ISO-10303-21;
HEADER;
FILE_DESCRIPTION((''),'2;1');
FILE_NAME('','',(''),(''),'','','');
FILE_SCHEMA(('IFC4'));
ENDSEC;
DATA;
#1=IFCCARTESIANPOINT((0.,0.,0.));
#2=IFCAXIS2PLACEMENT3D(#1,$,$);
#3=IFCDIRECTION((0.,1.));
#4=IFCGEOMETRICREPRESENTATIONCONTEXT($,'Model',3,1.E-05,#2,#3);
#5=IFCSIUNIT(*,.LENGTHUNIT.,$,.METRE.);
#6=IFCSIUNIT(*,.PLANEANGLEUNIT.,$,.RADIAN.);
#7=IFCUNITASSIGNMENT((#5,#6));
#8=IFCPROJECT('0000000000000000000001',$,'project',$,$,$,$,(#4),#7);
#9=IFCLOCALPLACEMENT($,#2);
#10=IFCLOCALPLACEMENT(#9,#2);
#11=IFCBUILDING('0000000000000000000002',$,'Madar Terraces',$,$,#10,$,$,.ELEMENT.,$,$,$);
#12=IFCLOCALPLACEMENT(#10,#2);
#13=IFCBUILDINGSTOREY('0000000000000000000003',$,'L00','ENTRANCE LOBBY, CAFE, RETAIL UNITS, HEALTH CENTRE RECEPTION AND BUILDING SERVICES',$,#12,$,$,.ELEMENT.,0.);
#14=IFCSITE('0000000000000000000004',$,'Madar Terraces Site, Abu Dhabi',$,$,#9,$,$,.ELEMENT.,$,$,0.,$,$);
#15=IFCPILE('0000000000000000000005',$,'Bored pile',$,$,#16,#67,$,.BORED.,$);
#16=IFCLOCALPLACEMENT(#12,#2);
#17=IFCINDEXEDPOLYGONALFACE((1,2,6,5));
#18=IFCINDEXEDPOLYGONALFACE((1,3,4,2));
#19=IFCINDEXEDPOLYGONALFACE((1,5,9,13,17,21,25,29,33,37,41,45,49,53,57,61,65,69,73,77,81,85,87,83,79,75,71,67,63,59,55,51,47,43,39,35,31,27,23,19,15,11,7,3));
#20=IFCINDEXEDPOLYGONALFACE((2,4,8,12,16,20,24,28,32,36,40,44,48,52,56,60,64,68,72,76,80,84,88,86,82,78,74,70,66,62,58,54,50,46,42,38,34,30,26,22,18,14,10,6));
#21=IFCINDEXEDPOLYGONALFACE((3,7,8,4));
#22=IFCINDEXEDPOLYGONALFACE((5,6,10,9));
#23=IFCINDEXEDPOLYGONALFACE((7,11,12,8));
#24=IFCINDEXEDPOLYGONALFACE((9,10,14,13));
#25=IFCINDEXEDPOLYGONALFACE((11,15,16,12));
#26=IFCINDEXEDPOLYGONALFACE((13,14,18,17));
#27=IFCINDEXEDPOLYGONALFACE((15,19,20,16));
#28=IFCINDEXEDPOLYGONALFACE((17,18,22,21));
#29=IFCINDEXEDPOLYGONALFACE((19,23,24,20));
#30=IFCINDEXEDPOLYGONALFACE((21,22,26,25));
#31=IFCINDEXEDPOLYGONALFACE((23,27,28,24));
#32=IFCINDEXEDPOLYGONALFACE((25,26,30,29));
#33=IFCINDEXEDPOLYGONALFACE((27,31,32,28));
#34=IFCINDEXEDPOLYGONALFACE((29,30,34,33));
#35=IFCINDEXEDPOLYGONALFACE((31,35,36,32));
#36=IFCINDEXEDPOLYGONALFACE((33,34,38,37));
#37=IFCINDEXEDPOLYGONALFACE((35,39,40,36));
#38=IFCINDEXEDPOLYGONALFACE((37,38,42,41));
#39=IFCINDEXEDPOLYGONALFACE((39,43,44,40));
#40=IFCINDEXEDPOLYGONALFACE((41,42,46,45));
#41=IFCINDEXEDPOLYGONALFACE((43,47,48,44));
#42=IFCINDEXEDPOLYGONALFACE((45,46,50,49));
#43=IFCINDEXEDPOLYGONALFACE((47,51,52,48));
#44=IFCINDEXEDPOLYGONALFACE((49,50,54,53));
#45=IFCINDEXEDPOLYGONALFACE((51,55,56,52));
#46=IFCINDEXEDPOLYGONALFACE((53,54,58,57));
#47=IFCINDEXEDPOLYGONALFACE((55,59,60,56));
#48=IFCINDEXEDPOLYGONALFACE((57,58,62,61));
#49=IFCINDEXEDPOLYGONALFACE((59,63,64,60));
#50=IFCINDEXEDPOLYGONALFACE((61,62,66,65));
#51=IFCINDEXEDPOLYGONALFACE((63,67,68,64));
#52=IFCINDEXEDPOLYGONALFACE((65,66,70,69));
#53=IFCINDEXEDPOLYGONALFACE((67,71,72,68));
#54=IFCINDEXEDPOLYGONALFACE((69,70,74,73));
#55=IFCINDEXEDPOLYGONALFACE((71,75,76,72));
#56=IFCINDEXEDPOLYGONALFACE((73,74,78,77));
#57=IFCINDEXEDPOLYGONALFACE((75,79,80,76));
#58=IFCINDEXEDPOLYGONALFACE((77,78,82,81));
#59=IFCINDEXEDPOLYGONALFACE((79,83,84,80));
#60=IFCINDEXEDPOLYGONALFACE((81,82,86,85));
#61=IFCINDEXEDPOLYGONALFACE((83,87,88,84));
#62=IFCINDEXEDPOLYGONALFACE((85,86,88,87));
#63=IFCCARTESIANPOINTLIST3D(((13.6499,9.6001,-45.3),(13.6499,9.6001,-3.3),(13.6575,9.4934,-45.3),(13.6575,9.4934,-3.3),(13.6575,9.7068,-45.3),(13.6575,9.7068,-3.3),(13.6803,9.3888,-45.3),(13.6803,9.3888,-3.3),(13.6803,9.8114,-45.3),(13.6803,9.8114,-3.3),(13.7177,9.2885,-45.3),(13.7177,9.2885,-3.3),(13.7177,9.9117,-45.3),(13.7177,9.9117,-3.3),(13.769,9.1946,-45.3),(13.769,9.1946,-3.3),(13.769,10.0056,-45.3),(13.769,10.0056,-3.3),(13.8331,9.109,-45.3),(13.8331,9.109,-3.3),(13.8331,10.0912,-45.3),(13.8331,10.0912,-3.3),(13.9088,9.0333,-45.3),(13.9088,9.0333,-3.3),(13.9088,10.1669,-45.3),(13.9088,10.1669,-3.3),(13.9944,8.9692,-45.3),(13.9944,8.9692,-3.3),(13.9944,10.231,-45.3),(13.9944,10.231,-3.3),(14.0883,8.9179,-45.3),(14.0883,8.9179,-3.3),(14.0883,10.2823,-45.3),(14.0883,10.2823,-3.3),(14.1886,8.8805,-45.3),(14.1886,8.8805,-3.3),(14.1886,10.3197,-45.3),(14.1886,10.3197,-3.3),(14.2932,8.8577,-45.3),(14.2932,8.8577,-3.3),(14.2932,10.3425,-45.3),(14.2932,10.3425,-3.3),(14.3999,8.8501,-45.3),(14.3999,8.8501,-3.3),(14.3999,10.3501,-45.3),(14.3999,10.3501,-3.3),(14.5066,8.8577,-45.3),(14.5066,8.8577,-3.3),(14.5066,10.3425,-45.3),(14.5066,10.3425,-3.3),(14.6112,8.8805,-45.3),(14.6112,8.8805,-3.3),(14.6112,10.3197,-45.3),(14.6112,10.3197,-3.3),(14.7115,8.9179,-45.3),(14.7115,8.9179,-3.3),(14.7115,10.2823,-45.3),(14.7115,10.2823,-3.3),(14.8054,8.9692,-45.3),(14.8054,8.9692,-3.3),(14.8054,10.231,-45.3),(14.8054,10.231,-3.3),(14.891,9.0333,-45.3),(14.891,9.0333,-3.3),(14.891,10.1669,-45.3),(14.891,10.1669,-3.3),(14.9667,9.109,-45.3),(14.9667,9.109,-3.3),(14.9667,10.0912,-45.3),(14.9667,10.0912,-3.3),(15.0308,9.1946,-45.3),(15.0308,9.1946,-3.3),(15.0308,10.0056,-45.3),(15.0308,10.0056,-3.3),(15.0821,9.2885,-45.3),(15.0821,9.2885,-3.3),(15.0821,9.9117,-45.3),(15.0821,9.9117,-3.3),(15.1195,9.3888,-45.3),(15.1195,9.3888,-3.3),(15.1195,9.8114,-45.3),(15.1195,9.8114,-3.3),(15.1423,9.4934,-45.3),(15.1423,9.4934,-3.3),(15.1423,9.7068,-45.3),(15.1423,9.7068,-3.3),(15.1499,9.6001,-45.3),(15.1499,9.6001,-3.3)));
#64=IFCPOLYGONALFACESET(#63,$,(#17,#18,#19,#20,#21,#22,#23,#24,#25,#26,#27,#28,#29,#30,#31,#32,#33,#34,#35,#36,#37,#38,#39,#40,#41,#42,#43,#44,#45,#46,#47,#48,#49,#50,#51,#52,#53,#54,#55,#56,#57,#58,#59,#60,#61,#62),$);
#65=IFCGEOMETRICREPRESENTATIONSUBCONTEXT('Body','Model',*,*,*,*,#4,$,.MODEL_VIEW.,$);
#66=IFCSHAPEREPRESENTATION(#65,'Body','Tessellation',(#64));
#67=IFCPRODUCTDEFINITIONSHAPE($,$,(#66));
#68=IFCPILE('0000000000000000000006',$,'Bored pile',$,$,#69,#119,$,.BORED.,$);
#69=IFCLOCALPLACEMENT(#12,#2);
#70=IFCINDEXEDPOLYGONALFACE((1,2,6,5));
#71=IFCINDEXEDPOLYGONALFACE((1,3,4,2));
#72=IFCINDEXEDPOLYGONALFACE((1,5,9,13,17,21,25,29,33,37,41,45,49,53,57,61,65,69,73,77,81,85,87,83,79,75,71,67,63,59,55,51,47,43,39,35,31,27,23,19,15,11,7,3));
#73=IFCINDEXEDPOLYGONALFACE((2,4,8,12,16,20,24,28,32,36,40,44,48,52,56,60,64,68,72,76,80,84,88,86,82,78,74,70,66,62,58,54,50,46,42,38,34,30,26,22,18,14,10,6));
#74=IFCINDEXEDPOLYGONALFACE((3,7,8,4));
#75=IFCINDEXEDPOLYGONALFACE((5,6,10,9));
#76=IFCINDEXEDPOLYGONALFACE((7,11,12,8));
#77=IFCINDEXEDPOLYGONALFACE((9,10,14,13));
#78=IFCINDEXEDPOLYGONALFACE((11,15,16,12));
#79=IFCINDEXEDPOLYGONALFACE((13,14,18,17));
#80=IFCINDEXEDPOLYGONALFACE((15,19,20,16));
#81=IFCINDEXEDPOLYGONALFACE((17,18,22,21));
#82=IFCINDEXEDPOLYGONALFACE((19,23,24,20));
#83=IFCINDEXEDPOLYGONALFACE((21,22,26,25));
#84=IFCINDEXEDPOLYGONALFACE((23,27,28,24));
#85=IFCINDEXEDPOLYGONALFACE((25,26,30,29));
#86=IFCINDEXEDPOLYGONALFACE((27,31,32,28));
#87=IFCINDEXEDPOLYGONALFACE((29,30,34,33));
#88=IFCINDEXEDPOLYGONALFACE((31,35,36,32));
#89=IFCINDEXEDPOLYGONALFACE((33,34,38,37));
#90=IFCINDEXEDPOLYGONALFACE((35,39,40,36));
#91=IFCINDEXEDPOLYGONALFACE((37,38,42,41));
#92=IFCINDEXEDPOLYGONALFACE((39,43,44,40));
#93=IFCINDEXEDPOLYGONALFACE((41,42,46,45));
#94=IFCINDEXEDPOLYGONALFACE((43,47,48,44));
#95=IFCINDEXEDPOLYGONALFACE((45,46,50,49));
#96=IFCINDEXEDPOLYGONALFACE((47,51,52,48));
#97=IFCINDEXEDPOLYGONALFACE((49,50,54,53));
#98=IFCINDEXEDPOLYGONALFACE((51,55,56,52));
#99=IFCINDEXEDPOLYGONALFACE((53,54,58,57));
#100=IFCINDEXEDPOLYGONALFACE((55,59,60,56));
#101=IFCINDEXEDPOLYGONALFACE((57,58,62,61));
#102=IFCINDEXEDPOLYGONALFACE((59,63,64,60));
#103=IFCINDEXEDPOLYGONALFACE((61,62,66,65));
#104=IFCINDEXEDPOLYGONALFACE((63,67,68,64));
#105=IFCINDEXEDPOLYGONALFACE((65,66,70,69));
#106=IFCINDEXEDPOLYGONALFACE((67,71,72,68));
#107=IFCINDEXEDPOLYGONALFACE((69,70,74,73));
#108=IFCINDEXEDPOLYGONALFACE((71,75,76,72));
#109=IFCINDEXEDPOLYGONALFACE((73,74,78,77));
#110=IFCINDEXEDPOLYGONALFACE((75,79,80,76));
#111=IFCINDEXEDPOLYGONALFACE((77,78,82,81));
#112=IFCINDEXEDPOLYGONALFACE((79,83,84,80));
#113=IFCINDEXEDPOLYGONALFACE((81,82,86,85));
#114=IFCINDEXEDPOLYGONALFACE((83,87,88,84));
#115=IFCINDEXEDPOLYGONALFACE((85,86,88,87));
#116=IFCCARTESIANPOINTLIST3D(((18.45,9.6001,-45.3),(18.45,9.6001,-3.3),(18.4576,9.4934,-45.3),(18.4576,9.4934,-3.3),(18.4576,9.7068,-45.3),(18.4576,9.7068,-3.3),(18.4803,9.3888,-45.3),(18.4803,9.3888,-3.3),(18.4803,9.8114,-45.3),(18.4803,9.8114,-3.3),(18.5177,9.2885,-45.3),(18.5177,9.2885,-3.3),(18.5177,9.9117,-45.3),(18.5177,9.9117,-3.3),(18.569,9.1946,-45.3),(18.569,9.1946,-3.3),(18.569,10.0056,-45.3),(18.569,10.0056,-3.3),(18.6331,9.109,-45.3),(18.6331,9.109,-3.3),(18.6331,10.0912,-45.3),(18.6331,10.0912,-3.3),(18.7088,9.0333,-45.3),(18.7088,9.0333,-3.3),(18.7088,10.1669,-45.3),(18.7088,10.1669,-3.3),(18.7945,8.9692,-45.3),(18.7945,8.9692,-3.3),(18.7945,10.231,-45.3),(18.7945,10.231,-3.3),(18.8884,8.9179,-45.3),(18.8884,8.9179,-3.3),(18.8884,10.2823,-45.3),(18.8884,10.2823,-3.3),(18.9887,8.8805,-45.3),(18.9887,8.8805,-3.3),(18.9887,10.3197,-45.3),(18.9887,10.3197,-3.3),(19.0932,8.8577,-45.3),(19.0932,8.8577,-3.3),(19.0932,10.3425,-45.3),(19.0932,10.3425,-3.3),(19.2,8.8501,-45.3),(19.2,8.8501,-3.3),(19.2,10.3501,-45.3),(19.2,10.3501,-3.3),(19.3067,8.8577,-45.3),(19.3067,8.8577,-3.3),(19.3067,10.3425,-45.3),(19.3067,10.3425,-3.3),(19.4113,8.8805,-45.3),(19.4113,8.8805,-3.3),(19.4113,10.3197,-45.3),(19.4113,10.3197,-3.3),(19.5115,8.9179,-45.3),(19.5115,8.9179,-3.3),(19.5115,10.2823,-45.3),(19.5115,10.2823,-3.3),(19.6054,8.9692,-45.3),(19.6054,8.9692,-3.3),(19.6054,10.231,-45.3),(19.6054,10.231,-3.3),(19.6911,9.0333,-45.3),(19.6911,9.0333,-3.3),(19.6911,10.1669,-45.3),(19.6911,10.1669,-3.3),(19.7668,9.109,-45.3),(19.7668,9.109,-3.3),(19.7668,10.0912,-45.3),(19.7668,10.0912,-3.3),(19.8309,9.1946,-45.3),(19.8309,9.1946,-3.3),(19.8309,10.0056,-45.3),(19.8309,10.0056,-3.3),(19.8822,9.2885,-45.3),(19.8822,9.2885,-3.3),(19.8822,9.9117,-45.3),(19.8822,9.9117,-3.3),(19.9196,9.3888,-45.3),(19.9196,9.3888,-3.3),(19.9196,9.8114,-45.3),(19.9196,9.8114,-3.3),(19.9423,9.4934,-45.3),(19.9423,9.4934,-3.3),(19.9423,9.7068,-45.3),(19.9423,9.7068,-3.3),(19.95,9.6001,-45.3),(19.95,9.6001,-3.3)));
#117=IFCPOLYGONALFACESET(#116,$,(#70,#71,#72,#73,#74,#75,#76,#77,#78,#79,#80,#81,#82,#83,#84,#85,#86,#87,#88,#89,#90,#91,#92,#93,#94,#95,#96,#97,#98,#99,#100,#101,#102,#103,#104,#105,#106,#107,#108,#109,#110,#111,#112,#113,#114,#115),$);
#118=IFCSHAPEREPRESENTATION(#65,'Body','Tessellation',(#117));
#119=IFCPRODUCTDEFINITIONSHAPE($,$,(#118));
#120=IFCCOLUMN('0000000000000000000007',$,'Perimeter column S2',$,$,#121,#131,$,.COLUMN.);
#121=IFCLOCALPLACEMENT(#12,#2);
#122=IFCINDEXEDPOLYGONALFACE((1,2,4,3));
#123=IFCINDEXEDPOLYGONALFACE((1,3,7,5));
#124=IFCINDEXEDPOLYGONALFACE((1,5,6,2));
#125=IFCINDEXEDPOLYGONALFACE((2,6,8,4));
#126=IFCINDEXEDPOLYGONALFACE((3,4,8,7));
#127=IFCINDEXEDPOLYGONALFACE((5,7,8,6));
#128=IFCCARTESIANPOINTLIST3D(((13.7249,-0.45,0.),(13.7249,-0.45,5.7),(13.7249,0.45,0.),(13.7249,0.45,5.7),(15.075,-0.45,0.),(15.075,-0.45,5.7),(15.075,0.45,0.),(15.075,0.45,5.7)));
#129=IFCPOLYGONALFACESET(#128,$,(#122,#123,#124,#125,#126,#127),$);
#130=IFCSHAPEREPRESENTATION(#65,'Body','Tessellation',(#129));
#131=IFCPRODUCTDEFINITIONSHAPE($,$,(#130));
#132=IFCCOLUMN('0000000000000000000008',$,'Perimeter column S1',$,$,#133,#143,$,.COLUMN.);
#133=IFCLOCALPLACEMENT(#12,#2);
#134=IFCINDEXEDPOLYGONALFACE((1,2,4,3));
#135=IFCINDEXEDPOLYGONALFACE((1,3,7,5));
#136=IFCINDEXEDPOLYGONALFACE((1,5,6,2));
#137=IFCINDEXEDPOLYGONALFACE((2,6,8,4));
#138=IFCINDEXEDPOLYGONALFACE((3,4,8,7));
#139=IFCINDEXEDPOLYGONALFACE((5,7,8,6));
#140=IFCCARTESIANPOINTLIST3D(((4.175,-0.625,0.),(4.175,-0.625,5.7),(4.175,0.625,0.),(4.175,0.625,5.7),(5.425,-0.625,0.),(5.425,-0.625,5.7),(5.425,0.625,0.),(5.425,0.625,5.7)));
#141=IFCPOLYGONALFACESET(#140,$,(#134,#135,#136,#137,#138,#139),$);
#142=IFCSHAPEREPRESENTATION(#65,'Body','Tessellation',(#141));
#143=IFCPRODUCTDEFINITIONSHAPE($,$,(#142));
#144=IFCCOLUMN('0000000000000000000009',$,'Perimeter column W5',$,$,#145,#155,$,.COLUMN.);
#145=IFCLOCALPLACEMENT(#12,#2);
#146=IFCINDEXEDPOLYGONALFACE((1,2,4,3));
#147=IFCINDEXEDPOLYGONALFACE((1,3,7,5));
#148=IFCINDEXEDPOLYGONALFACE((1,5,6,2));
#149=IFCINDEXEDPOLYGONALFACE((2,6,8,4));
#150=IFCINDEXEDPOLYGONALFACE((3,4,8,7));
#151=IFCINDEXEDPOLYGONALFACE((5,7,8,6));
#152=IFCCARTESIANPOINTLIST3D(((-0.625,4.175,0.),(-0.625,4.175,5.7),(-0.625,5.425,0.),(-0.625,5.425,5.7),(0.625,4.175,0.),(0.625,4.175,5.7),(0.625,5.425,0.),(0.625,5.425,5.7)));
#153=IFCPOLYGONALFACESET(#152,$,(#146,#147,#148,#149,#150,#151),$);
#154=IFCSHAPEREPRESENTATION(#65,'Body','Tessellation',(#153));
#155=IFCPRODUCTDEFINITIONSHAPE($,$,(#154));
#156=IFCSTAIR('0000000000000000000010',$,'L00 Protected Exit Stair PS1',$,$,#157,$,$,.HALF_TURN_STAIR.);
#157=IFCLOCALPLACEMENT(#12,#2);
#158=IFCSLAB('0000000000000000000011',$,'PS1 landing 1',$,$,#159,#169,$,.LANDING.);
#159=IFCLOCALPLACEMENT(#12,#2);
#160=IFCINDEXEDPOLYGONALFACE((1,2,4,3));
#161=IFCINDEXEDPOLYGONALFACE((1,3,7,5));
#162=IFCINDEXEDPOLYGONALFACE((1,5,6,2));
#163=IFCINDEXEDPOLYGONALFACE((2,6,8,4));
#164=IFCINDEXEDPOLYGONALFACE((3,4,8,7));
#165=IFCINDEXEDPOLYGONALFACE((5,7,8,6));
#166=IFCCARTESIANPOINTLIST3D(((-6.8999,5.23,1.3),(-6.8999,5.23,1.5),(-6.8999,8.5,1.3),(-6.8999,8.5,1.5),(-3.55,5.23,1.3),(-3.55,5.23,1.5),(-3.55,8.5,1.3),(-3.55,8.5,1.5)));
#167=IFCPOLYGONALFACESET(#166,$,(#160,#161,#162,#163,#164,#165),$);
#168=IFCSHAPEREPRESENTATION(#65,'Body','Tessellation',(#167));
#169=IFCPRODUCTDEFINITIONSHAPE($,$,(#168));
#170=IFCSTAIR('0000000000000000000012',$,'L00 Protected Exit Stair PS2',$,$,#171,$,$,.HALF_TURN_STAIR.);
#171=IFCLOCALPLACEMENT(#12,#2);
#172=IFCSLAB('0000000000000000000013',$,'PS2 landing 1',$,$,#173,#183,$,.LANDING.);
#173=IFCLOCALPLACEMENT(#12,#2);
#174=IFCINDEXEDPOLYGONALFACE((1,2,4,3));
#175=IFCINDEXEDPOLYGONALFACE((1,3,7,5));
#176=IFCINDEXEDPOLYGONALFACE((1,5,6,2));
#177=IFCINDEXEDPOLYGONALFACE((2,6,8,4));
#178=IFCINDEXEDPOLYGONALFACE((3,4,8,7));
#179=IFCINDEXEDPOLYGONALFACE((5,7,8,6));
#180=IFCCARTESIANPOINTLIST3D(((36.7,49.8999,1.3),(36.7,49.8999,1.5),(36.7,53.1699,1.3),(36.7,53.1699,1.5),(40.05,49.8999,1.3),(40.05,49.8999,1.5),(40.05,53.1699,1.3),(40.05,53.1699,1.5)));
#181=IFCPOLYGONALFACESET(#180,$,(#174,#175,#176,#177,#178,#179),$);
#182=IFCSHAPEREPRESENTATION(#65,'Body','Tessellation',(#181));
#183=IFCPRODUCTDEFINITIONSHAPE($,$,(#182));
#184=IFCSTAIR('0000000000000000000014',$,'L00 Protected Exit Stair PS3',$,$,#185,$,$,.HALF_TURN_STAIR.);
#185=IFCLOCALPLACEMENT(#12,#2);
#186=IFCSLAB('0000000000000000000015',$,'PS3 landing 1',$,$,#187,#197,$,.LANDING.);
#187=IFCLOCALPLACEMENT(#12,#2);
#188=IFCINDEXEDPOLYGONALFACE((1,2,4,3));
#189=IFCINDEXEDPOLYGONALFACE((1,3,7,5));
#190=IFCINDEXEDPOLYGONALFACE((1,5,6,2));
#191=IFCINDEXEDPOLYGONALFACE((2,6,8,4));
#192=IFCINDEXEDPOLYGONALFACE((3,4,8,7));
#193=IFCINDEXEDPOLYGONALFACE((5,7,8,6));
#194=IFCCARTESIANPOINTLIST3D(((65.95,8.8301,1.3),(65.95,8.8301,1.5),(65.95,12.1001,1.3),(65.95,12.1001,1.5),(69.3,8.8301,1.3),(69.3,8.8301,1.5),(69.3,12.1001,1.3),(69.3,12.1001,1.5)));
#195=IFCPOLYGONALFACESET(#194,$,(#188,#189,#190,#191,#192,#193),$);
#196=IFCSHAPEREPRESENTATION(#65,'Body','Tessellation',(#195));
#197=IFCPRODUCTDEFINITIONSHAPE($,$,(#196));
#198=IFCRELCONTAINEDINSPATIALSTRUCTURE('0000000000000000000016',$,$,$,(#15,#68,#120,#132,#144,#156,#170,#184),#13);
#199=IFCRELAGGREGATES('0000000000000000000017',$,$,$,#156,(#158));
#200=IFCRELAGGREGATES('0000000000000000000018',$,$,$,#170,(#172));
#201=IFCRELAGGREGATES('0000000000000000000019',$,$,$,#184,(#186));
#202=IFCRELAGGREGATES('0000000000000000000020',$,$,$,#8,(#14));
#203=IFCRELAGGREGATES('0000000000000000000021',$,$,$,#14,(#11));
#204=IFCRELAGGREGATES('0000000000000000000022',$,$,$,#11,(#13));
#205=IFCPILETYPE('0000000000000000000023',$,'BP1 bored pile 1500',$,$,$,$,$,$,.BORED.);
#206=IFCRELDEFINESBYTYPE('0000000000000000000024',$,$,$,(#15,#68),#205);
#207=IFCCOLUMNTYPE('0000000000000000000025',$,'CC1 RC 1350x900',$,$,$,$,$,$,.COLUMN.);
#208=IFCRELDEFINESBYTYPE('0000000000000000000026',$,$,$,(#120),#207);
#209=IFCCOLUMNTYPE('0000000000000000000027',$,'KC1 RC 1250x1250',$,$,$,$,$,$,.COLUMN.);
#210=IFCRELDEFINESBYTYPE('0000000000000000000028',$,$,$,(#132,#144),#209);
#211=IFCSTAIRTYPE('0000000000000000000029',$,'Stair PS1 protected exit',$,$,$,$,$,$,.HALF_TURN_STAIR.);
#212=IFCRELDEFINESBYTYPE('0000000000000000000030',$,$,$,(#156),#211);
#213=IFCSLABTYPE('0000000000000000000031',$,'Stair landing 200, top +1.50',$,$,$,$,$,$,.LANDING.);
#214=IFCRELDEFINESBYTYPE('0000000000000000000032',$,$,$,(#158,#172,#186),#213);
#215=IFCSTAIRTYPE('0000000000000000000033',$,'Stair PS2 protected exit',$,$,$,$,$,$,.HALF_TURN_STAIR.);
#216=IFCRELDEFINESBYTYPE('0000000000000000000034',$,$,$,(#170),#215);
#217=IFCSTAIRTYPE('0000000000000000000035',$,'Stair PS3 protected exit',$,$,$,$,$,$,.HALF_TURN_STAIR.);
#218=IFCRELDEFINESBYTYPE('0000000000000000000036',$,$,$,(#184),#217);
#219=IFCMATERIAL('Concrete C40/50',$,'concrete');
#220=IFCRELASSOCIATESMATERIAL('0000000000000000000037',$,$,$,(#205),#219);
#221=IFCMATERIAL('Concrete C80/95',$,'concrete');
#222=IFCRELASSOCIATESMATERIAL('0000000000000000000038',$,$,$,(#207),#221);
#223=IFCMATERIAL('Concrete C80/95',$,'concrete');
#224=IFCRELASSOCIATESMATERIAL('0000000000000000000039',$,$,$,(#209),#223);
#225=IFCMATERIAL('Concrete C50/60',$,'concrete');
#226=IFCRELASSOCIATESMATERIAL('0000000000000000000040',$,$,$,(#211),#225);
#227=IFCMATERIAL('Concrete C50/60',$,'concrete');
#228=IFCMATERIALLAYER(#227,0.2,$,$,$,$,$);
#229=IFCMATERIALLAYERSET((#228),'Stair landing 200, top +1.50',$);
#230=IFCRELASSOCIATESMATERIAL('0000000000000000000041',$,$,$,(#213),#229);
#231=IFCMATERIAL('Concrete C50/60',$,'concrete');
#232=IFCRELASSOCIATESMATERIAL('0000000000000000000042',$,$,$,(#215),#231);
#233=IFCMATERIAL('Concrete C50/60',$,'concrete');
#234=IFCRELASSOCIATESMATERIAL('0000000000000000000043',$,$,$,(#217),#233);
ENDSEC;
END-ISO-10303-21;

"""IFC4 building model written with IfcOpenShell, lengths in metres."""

from ifc_helpers import new_model, si_unit, direction, frame, origin, origin_2d, place, context, subcontext, project, spatial, polyline, rectangle, circle, outline, extrude, material, layer, layer_set, material_profile, profile_set, type_object, element, aggregate, save


model = new_model("IFC4")

# Units and contexts
model_context = context("Model", 3, precision=1e-05, world=origin(), true_north=direction((0.0, 1.0)))
body_context = subcontext(model_context, "Body", "Model", "MODEL_VIEW")
ifc_project = project(units=[si_unit("LENGTHUNIT", "METRE"), si_unit("PLANEANGLEUNIT", "RADIAN")], contexts=[model_context])

# Site, building, storey
site_placement = place(None, origin())
site = spatial("IfcSite", under=ifc_project, at=site_placement, Name="Madar Terraces Site, Abu Dhabi", CompositionType="ELEMENT", RefElevation=0.0)
building_placement = place(site_placement, origin())
building = spatial("IfcBuilding", under=site, at=building_placement, Name="Madar Terraces", CompositionType="ELEMENT")
storey_placement = place(building_placement, origin())
storey = spatial("IfcBuildingStorey", under=building, at=storey_placement, Name="L00", Description="ENTRANCE LOBBY, CAFE, RETAIL UNITS, HEALTH CENTRE RECEPTION AND BUILDING SERVICES", CompositionType="ELEMENT", Elevation=0.0)

# Piles
ifc_material_1 = material(Name="Concrete C40/50", Category="concrete")
ifc_material_profile_1 = material_profile(ifc_material_1, circle(Radius=0.75, at=origin_2d()), Name="BP1 bored pile 1500")
ifc_profile_set_1 = profile_set([ifc_material_profile_1], Name="Concrete C40/50")
pile_type = type_object("IfcPileType", Name="BP1 bored pile 1500", PredefinedType="BORED", material=ifc_profile_set_1)
for number, where, z_axis, x_axis, name in (
    (1, (14.3999, 9.6001, -3.3), (0.0, 0.0, -1.0), (1.0, 0.0, 0.0), "Bored pile"),
    (2, (19.2, 9.6001, -3.3), (0.0, 0.0, -1.0), (1.0, 0.0, 0.0), "Bored pile"),
):
    element("IfcPile", number, at=place(storey_placement, frame(where, z_axis=z_axis, x_axis=x_axis)), inside=storey, type_object=pile_type, Name=name, PredefinedType="BORED", context=body_context, shape_type="SweptSolid", body=[
        extrude(circle(Radius=0.75, at=origin_2d()), origin(), (0.0, 0.0, 1.0), 42.0),
    ])

# Columns
ifc_material_2 = material(Name="Concrete C80/95", Category="concrete")
ifc_material_profile_2 = material_profile(ifc_material_2, rectangle(XDim=1.3501, YDim=0.8999, at=origin_2d()), Name="CC1 RC 1350x900")
ifc_profile_set_2 = profile_set([ifc_material_profile_2], Name="Concrete C80/95")
column_type_1 = type_object("IfcColumnType", Name="CC1 RC 1350x900", PredefinedType="COLUMN", material=ifc_profile_set_2)
column_placement = place(storey_placement, frame((14.3999, 0.0, 0.0), z_axis=(0.0, 0.0, 1.0), x_axis=(1.0, 0.0, 0.0)))
element("IfcColumn", 3, at=column_placement, inside=storey, type_object=column_type_1, Name="Perimeter column S2", PredefinedType="COLUMN", context=body_context, shape_type="SweptSolid", body=[
    extrude(rectangle(XDim=1.3501, YDim=0.8999, at=origin_2d()), origin(), (0.0, 0.0, 1.0), 5.7),
])
ifc_material_3 = material(Name="Concrete C80/95", Category="concrete")
ifc_material_profile_3 = material_profile(ifc_material_3, rectangle(XDim=1.25, YDim=1.25, at=origin_2d()), Name="KC1 RC 1250x1250")
ifc_profile_set_3 = profile_set([ifc_material_profile_3], Name="Concrete C80/95")
column_type_2 = type_object("IfcColumnType", Name="KC1 RC 1250x1250", PredefinedType="COLUMN", material=ifc_profile_set_3)
for number, where, z_axis, x_axis, name in (
    (4, (4.8, 0.0, 0.0), (0.0, 0.0, 1.0), (1.0, 0.0, 0.0), "Perimeter column S1"),
    (5, (0.0, 4.8, 0.0), (0.0, 0.0, 1.0), (1.0, 0.0, 0.0), "Perimeter column W5"),
):
    element("IfcColumn", number, at=place(storey_placement, frame(where, z_axis=z_axis, x_axis=x_axis)), inside=storey, type_object=column_type_2, Name=name, PredefinedType="COLUMN", context=body_context, shape_type="SweptSolid", body=[
        extrude(rectangle(XDim=1.25, YDim=1.25, at=origin_2d()), origin(), (0.0, 0.0, 1.0), 5.7),
    ])

# Stairs, slabs
ifc_material_4 = material(Name="Concrete C50/60", Category="concrete")
stair_type_1 = type_object("IfcStairType", Name="Stair PS1 protected exit", PredefinedType="HALF_TURN_STAIR", material=ifc_material_4)
stair_1_placement = place(storey_placement, origin())
stair_1 = element("IfcStair", 6, at=stair_1_placement, inside=storey, type_object=stair_type_1, Name="L00 Protected Exit Stair PS1", PredefinedType="HALF_TURN_STAIR")
ifc_material_5 = material(Name="Concrete C50/60", Category="concrete")
ifc_layer_1 = layer(ifc_material_5, 0.2)
ifc_layer_set_1 = layer_set([ifc_layer_1], Name="Stair landing 200, top +1.50")
slab_type_1 = type_object("IfcSlabType", Name="Stair landing 200, top +1.50", PredefinedType="LANDING", material=ifc_layer_set_1)
slab_1_placement = place(storey_placement, frame((0.0, 0.0, 1.3)))
slab_1 = element("IfcSlab", 7, at=slab_1_placement, type_object=slab_type_1, Name="PS1 landing 1", PredefinedType="LANDING", context=body_context, shape_type="SweptSolid", body=[
    extrude(outline(polyline([(-6.8999, 5.23), (-3.55, 5.23), (-3.55, 8.5), (-6.8999, 8.5), (-6.8999, 5.23)])), origin(), (0.0, 0.0, 1.0), 0.2),
])
ifc_material_6 = material(Name="Concrete C50/60", Category="concrete")
stair_type_2 = type_object("IfcStairType", Name="Stair PS2 protected exit", PredefinedType="HALF_TURN_STAIR", material=ifc_material_6)
stair_2_placement = place(storey_placement, origin())
stair_2 = element("IfcStair", 8, at=stair_2_placement, inside=storey, type_object=stair_type_2, Name="L00 Protected Exit Stair PS2", PredefinedType="HALF_TURN_STAIR")
slab_2_placement = place(storey_placement, frame((0.0, 0.0, 1.3)))
slab_2 = element("IfcSlab", 9, at=slab_2_placement, type_object=slab_type_1, Name="PS2 landing 1", PredefinedType="LANDING", context=body_context, shape_type="SweptSolid", body=[
    extrude(outline(polyline([(36.7, 49.8999), (40.05, 49.8999), (40.05, 53.1699), (36.7, 53.1699), (36.7, 49.8999)])), origin(), (0.0, 0.0, 1.0), 0.2),
])
ifc_material_7 = material(Name="Concrete C50/60", Category="concrete")
stair_type_3 = type_object("IfcStairType", Name="Stair PS3 protected exit", PredefinedType="HALF_TURN_STAIR", material=ifc_material_7)
stair_3_placement = place(storey_placement, origin())
stair_3 = element("IfcStair", 10, at=stair_3_placement, inside=storey, type_object=stair_type_3, Name="L00 Protected Exit Stair PS3", PredefinedType="HALF_TURN_STAIR")
slab_3_placement = place(storey_placement, frame((0.0, 0.0, 1.3)))
slab_3 = element("IfcSlab", 11, at=slab_3_placement, type_object=slab_type_1, Name="PS3 landing 1", PredefinedType="LANDING", context=body_context, shape_type="SweptSolid", body=[
    extrude(outline(polyline([(65.95, 8.8301), (69.3, 8.8301), (69.3, 12.1001), (65.95, 12.1001), (65.95, 8.8301)])), origin(), (0.0, 0.0, 1.0), 0.2),
])

aggregate(stair_1, [slab_1])
aggregate(stair_2, [slab_2])
aggregate(stair_3, [slab_3])

save(model, "model.ifc")
